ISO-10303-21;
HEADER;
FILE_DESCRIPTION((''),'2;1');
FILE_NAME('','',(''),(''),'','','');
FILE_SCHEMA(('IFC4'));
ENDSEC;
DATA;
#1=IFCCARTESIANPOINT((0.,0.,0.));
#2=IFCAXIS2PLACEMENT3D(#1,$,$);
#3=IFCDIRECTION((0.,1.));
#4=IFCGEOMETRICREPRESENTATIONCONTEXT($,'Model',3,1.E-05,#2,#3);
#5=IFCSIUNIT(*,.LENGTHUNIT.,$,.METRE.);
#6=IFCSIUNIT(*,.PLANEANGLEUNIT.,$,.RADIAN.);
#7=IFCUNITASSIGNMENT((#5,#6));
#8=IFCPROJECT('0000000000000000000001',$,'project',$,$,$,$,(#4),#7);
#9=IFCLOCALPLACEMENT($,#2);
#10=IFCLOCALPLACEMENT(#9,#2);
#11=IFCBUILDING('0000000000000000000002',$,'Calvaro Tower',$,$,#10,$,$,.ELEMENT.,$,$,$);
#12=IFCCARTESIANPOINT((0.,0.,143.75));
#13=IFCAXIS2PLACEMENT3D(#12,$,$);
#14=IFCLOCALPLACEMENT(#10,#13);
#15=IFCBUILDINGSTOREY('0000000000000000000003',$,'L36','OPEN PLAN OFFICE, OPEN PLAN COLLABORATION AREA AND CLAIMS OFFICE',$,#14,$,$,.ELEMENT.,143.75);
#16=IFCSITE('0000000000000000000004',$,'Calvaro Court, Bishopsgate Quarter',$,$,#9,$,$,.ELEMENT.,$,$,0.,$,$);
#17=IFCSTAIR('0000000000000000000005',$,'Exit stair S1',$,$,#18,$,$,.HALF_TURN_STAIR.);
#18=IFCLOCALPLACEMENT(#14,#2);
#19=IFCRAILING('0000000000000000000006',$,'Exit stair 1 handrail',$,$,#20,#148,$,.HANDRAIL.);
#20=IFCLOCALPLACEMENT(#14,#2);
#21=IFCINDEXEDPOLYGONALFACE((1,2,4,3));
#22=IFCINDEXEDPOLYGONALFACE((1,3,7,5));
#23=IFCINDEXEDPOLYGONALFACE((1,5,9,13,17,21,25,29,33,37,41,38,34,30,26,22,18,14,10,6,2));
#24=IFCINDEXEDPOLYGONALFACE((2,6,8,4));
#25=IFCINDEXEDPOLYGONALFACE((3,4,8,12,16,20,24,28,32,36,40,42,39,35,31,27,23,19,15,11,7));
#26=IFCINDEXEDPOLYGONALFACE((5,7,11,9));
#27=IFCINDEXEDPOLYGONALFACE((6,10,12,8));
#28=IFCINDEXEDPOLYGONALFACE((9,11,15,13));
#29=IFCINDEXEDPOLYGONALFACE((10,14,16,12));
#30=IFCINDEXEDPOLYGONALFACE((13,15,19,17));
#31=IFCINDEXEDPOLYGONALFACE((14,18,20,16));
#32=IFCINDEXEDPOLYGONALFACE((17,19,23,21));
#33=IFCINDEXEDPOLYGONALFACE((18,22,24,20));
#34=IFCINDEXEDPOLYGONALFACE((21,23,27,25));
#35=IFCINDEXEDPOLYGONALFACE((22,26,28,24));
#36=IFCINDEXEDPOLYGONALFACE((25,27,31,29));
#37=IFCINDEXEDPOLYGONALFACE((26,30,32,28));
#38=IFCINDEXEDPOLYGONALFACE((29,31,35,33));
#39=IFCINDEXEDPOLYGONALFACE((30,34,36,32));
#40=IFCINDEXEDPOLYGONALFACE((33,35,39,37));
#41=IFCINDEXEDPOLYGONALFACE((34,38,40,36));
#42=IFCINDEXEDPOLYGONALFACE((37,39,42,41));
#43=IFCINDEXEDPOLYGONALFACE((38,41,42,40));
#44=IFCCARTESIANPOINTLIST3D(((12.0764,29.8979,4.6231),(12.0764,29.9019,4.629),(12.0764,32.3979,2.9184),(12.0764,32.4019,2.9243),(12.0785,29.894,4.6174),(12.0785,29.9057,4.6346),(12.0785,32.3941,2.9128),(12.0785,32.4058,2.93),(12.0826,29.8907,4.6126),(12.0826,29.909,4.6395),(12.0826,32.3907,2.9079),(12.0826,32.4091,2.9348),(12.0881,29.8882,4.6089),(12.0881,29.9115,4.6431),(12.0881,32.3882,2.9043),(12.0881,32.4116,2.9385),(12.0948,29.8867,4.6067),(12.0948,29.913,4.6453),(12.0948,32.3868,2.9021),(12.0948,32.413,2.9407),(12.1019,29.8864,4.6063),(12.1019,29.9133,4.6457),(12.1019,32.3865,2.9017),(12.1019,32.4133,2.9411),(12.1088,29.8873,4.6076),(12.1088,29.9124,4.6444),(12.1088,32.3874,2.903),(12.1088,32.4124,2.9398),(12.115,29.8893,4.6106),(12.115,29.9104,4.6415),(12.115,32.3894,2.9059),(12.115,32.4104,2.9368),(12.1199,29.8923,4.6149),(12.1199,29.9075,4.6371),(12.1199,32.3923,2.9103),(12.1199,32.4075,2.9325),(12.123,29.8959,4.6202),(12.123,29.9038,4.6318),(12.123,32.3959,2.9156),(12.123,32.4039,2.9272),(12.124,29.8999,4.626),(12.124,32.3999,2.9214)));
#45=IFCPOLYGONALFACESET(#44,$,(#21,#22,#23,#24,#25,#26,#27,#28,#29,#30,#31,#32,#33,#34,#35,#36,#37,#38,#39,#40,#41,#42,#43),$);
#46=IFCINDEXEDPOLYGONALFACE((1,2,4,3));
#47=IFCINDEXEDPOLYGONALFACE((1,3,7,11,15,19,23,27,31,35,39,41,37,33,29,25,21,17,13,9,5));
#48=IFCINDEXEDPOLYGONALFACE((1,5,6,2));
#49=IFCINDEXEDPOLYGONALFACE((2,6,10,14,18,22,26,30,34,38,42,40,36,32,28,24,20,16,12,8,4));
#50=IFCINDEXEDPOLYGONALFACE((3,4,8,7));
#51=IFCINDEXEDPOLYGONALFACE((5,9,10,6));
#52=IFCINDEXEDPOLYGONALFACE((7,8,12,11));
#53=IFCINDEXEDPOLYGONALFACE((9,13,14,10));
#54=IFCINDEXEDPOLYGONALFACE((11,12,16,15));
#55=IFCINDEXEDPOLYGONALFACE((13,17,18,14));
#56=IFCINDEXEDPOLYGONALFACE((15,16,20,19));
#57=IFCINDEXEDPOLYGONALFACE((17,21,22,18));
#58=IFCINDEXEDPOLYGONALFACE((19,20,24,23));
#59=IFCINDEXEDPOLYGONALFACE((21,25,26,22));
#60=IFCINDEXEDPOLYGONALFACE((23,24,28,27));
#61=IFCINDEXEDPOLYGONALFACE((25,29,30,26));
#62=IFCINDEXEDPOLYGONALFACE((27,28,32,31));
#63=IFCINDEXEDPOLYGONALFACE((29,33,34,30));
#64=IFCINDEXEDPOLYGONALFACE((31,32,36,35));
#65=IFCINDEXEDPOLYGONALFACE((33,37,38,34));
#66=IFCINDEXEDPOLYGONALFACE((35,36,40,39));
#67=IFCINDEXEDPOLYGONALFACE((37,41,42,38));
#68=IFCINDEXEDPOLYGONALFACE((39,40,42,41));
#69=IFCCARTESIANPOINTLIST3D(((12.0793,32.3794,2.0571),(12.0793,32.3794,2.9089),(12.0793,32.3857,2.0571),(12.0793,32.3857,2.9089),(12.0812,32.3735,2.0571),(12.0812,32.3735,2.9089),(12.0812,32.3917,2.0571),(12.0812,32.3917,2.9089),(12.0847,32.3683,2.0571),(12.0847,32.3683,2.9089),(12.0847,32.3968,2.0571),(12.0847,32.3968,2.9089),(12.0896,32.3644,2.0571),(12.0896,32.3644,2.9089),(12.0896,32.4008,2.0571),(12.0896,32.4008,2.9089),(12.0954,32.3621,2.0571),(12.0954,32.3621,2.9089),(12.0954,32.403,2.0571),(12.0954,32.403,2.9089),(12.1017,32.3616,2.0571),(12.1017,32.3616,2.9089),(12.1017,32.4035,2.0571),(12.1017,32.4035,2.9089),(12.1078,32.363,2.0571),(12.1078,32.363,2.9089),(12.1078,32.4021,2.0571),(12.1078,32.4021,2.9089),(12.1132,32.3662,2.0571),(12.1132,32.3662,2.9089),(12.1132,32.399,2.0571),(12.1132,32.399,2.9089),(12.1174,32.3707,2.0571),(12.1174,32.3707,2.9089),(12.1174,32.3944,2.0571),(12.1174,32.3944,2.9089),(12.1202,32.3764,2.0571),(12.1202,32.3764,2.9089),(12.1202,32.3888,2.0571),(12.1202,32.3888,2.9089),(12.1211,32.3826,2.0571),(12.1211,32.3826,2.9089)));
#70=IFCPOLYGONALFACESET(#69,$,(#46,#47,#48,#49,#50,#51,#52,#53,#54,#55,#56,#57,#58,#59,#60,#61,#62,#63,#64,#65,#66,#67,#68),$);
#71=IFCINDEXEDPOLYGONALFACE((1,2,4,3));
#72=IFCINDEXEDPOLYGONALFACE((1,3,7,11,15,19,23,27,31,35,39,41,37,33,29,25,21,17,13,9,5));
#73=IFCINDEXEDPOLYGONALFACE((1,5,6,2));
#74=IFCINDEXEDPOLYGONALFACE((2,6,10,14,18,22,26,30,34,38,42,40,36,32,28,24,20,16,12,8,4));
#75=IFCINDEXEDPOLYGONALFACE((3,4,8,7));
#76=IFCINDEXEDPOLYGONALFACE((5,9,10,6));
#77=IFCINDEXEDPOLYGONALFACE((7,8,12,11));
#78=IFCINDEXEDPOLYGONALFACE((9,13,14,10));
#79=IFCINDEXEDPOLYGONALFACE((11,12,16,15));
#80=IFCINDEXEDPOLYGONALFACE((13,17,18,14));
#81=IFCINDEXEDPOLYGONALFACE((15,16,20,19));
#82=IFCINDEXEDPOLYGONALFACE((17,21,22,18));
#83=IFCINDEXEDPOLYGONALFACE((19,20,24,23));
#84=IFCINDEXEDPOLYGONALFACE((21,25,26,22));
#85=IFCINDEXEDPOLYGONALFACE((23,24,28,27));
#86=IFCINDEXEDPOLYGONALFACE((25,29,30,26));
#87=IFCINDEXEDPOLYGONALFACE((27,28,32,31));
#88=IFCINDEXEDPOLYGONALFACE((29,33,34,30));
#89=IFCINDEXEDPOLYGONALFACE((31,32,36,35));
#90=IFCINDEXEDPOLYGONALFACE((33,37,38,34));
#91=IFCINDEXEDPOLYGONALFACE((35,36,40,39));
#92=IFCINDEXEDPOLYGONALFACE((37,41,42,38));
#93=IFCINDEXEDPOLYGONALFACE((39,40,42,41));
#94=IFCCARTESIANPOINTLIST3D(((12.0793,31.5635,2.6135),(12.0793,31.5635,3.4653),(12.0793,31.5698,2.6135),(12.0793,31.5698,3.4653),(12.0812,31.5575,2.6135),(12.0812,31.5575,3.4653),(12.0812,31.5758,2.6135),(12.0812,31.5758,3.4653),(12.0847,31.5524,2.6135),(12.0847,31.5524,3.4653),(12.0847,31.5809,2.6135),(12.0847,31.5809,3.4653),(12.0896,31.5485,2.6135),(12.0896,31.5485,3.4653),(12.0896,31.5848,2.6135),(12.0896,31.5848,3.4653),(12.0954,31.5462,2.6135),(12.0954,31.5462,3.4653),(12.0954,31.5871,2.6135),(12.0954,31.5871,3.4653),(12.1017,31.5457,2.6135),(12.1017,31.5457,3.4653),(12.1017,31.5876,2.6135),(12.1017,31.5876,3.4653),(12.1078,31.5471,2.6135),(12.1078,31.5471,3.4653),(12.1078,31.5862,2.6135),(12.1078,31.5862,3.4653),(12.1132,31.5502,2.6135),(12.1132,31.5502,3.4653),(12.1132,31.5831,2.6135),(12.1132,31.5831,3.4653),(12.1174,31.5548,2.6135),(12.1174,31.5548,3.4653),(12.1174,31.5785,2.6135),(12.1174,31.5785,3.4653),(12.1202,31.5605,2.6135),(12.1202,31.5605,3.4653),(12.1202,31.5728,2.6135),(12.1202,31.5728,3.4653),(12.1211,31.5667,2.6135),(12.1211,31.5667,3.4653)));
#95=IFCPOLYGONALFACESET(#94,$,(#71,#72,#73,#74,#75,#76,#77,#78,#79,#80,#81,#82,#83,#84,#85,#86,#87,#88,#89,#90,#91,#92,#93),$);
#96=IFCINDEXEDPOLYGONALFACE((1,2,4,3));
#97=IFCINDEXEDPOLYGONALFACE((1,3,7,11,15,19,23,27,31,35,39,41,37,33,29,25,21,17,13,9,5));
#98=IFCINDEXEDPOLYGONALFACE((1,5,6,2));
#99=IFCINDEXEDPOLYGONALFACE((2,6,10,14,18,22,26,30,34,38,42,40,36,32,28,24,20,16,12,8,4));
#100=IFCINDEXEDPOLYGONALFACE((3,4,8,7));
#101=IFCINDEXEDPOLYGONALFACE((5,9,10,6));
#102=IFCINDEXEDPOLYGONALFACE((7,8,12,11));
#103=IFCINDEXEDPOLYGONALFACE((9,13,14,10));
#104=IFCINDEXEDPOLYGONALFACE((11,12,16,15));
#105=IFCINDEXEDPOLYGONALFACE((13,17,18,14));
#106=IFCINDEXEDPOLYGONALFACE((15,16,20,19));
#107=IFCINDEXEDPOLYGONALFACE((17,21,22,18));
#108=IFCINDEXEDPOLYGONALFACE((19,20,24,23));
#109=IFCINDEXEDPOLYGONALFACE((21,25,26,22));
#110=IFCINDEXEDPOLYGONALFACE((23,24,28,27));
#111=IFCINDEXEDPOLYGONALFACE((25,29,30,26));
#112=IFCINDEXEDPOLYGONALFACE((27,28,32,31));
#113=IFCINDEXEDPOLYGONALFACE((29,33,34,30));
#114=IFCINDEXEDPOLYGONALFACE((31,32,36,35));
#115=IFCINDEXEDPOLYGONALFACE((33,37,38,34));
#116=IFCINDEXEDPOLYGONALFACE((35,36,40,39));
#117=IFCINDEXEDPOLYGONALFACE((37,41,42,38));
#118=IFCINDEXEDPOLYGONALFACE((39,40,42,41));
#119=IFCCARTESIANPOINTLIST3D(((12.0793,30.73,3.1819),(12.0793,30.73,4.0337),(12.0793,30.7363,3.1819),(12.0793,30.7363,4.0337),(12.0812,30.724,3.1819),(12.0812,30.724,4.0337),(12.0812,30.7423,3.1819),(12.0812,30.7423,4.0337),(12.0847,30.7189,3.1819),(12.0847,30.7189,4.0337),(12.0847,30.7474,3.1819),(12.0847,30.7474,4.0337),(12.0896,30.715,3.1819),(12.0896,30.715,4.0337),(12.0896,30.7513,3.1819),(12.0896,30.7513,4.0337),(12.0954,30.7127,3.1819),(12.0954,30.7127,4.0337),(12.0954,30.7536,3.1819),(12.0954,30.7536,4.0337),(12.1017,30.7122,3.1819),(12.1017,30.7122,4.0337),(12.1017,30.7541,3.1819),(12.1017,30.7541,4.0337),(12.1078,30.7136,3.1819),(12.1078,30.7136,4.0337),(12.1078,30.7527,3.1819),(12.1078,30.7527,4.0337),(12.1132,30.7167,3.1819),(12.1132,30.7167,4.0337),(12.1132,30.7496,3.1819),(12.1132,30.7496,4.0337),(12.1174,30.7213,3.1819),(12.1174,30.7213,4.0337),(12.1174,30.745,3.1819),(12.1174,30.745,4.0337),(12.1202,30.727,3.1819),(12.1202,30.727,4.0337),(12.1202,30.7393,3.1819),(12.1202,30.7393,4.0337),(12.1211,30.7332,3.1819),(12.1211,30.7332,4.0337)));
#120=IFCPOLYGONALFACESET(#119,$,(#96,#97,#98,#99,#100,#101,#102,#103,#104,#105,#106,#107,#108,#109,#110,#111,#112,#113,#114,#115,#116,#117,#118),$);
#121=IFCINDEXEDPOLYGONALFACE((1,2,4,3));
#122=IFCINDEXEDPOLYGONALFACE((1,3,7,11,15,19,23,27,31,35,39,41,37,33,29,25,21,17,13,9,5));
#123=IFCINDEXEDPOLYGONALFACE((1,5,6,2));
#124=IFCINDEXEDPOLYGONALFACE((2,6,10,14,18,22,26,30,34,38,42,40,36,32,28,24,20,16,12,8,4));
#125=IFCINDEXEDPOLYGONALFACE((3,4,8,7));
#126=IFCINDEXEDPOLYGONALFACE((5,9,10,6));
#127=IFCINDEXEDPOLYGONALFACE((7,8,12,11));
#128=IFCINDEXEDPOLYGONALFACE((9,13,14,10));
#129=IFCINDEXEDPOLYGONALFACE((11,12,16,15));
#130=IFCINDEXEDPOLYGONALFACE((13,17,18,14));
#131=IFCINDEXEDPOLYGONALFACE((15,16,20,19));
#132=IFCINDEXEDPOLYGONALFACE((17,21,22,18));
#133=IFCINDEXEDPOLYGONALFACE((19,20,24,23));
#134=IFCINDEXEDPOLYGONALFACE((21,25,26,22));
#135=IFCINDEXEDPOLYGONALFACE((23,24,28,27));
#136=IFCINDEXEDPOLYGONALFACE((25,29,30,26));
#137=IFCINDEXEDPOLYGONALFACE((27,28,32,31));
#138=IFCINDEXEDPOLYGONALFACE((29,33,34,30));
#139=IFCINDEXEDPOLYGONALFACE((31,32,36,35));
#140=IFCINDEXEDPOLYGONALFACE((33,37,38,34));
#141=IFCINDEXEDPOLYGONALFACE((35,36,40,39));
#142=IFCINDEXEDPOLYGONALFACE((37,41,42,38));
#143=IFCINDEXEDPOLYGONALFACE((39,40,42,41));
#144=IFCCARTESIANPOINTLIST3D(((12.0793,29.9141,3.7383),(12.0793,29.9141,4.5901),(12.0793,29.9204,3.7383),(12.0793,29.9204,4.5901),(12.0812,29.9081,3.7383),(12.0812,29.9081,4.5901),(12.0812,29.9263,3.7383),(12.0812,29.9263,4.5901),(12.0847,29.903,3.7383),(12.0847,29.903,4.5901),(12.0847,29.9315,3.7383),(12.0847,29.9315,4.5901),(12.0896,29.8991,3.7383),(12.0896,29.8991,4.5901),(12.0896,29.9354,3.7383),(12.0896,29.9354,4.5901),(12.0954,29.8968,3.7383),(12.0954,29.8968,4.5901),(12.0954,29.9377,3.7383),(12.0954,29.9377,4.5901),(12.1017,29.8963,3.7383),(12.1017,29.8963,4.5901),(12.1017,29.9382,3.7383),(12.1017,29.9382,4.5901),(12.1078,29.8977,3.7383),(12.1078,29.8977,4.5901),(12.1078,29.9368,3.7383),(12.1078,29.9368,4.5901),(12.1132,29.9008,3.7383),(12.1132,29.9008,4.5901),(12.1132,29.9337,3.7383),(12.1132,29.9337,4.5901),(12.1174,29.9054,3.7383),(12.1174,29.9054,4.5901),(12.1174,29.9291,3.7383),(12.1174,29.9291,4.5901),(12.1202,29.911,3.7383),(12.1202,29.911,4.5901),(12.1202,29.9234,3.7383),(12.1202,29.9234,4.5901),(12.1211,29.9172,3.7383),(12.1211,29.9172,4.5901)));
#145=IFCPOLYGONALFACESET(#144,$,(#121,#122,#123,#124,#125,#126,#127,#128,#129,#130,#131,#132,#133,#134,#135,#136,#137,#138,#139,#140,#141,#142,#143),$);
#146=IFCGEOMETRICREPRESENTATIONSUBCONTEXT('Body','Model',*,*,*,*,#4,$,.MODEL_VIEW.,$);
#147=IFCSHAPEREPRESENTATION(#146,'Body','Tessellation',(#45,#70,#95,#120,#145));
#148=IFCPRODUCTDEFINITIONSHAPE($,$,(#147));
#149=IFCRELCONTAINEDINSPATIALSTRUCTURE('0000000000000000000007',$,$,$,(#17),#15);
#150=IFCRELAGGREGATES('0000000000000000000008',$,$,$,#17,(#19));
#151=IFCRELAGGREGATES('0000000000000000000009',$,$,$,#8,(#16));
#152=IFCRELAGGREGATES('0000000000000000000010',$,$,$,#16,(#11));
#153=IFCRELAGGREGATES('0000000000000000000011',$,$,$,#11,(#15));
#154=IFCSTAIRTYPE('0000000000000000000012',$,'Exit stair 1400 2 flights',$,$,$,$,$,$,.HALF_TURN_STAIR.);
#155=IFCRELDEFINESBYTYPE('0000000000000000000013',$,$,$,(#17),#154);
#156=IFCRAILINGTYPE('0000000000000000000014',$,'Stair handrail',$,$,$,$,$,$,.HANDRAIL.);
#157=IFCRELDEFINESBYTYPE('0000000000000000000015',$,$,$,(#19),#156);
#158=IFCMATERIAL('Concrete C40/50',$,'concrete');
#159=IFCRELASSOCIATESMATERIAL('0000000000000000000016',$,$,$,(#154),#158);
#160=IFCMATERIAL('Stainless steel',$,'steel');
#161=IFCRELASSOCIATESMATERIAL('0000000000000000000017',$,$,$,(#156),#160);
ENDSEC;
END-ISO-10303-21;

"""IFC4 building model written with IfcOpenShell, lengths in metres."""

from ifc_helpers import new_model, si_unit, direction, frame, origin, origin_2d, place, context, subcontext, project, spatial, circle, extrude, material, type_object, element, aggregate, save


model = new_model("IFC4")

# Units and contexts
model_context = context("Model", 3, precision=1e-05, world=origin(), true_north=direction((0.0, 1.0)))
body_context = subcontext(model_context, "Body", "Model", "MODEL_VIEW")
ifc_project = project(units=[si_unit("LENGTHUNIT", "METRE"), si_unit("PLANEANGLEUNIT", "RADIAN")], contexts=[model_context])

# Site, building, storey
site_placement = place(None, origin())
site = spatial("IfcSite", under=ifc_project, at=site_placement, Name="Calvaro Court, Bishopsgate Quarter", CompositionType="ELEMENT", RefElevation=0.0)
building_placement = place(site_placement, origin())
building = spatial("IfcBuilding", under=site, at=building_placement, Name="Calvaro Tower", CompositionType="ELEMENT")
storey_placement = place(building_placement, frame((0.0, 0.0, 143.75)))
storey = spatial("IfcBuildingStorey", under=building, at=storey_placement, Name="L36", Description="OPEN PLAN OFFICE, OPEN PLAN COLLABORATION AREA AND CLAIMS OFFICE", CompositionType="ELEMENT", Elevation=143.75)

# Stair, railing
ifc_material_1 = material(Name="Concrete C40/50", Category="concrete")
stair_type = type_object("IfcStairType", Name="Exit stair 1400 2 flights", PredefinedType="HALF_TURN_STAIR", material=ifc_material_1)
stair_placement = place(storey_placement, origin())
stair = element("IfcStair", 1, at=stair_placement, inside=storey, type_object=stair_type, Name="Exit stair S1", PredefinedType="HALF_TURN_STAIR")
ifc_material_2 = material(Name="Stainless steel", Category="steel")
railing_type = type_object("IfcRailingType", Name="Stair handrail", PredefinedType="HANDRAIL", material=ifc_material_2)
railing_1_placement = place(storey_placement, frame((12.1001, 32.3999, 2.0454)))
railing_1 = element("IfcRailing", 2, at=railing_1_placement, type_object=railing_type, Name="Exit stair 1 handrail", PredefinedType="HANDRAIL", context=body_context, shape_type="SweptSolid", body=[
    extrude(circle(Radius=0.0239, at=origin_2d()), frame((0.0, 0.0, 0.876), z_axis=(0.0, -0.826221, 0.563347), x_axis=(1.0, 0.0, 0.0)), (0.0, 0.0, 1.0), 3.0259),
    extrude(circle(Radius=0.021, at=origin_2d()), frame((0.0, -0.0173, 0.0117)), (0.0, 0.0, 1.0), 0.8518),
    extrude(circle(Radius=0.021, at=origin_2d()), frame((0.0, -0.8333, 0.5681)), (0.0, 0.0, 1.0), 0.8518),
    extrude(circle(Radius=0.021, at=origin_2d()), frame((0.0, -1.6667, 1.1365)), (0.0, 0.0, 1.0), 0.8518),
    extrude(circle(Radius=0.021, at=origin_2d()), frame((0.0, -2.4827, 1.6929)), (0.0, 0.0, 1.0), 0.8518),
])
aggregate(stair, [railing_1])

save(model, "model.ifc")
